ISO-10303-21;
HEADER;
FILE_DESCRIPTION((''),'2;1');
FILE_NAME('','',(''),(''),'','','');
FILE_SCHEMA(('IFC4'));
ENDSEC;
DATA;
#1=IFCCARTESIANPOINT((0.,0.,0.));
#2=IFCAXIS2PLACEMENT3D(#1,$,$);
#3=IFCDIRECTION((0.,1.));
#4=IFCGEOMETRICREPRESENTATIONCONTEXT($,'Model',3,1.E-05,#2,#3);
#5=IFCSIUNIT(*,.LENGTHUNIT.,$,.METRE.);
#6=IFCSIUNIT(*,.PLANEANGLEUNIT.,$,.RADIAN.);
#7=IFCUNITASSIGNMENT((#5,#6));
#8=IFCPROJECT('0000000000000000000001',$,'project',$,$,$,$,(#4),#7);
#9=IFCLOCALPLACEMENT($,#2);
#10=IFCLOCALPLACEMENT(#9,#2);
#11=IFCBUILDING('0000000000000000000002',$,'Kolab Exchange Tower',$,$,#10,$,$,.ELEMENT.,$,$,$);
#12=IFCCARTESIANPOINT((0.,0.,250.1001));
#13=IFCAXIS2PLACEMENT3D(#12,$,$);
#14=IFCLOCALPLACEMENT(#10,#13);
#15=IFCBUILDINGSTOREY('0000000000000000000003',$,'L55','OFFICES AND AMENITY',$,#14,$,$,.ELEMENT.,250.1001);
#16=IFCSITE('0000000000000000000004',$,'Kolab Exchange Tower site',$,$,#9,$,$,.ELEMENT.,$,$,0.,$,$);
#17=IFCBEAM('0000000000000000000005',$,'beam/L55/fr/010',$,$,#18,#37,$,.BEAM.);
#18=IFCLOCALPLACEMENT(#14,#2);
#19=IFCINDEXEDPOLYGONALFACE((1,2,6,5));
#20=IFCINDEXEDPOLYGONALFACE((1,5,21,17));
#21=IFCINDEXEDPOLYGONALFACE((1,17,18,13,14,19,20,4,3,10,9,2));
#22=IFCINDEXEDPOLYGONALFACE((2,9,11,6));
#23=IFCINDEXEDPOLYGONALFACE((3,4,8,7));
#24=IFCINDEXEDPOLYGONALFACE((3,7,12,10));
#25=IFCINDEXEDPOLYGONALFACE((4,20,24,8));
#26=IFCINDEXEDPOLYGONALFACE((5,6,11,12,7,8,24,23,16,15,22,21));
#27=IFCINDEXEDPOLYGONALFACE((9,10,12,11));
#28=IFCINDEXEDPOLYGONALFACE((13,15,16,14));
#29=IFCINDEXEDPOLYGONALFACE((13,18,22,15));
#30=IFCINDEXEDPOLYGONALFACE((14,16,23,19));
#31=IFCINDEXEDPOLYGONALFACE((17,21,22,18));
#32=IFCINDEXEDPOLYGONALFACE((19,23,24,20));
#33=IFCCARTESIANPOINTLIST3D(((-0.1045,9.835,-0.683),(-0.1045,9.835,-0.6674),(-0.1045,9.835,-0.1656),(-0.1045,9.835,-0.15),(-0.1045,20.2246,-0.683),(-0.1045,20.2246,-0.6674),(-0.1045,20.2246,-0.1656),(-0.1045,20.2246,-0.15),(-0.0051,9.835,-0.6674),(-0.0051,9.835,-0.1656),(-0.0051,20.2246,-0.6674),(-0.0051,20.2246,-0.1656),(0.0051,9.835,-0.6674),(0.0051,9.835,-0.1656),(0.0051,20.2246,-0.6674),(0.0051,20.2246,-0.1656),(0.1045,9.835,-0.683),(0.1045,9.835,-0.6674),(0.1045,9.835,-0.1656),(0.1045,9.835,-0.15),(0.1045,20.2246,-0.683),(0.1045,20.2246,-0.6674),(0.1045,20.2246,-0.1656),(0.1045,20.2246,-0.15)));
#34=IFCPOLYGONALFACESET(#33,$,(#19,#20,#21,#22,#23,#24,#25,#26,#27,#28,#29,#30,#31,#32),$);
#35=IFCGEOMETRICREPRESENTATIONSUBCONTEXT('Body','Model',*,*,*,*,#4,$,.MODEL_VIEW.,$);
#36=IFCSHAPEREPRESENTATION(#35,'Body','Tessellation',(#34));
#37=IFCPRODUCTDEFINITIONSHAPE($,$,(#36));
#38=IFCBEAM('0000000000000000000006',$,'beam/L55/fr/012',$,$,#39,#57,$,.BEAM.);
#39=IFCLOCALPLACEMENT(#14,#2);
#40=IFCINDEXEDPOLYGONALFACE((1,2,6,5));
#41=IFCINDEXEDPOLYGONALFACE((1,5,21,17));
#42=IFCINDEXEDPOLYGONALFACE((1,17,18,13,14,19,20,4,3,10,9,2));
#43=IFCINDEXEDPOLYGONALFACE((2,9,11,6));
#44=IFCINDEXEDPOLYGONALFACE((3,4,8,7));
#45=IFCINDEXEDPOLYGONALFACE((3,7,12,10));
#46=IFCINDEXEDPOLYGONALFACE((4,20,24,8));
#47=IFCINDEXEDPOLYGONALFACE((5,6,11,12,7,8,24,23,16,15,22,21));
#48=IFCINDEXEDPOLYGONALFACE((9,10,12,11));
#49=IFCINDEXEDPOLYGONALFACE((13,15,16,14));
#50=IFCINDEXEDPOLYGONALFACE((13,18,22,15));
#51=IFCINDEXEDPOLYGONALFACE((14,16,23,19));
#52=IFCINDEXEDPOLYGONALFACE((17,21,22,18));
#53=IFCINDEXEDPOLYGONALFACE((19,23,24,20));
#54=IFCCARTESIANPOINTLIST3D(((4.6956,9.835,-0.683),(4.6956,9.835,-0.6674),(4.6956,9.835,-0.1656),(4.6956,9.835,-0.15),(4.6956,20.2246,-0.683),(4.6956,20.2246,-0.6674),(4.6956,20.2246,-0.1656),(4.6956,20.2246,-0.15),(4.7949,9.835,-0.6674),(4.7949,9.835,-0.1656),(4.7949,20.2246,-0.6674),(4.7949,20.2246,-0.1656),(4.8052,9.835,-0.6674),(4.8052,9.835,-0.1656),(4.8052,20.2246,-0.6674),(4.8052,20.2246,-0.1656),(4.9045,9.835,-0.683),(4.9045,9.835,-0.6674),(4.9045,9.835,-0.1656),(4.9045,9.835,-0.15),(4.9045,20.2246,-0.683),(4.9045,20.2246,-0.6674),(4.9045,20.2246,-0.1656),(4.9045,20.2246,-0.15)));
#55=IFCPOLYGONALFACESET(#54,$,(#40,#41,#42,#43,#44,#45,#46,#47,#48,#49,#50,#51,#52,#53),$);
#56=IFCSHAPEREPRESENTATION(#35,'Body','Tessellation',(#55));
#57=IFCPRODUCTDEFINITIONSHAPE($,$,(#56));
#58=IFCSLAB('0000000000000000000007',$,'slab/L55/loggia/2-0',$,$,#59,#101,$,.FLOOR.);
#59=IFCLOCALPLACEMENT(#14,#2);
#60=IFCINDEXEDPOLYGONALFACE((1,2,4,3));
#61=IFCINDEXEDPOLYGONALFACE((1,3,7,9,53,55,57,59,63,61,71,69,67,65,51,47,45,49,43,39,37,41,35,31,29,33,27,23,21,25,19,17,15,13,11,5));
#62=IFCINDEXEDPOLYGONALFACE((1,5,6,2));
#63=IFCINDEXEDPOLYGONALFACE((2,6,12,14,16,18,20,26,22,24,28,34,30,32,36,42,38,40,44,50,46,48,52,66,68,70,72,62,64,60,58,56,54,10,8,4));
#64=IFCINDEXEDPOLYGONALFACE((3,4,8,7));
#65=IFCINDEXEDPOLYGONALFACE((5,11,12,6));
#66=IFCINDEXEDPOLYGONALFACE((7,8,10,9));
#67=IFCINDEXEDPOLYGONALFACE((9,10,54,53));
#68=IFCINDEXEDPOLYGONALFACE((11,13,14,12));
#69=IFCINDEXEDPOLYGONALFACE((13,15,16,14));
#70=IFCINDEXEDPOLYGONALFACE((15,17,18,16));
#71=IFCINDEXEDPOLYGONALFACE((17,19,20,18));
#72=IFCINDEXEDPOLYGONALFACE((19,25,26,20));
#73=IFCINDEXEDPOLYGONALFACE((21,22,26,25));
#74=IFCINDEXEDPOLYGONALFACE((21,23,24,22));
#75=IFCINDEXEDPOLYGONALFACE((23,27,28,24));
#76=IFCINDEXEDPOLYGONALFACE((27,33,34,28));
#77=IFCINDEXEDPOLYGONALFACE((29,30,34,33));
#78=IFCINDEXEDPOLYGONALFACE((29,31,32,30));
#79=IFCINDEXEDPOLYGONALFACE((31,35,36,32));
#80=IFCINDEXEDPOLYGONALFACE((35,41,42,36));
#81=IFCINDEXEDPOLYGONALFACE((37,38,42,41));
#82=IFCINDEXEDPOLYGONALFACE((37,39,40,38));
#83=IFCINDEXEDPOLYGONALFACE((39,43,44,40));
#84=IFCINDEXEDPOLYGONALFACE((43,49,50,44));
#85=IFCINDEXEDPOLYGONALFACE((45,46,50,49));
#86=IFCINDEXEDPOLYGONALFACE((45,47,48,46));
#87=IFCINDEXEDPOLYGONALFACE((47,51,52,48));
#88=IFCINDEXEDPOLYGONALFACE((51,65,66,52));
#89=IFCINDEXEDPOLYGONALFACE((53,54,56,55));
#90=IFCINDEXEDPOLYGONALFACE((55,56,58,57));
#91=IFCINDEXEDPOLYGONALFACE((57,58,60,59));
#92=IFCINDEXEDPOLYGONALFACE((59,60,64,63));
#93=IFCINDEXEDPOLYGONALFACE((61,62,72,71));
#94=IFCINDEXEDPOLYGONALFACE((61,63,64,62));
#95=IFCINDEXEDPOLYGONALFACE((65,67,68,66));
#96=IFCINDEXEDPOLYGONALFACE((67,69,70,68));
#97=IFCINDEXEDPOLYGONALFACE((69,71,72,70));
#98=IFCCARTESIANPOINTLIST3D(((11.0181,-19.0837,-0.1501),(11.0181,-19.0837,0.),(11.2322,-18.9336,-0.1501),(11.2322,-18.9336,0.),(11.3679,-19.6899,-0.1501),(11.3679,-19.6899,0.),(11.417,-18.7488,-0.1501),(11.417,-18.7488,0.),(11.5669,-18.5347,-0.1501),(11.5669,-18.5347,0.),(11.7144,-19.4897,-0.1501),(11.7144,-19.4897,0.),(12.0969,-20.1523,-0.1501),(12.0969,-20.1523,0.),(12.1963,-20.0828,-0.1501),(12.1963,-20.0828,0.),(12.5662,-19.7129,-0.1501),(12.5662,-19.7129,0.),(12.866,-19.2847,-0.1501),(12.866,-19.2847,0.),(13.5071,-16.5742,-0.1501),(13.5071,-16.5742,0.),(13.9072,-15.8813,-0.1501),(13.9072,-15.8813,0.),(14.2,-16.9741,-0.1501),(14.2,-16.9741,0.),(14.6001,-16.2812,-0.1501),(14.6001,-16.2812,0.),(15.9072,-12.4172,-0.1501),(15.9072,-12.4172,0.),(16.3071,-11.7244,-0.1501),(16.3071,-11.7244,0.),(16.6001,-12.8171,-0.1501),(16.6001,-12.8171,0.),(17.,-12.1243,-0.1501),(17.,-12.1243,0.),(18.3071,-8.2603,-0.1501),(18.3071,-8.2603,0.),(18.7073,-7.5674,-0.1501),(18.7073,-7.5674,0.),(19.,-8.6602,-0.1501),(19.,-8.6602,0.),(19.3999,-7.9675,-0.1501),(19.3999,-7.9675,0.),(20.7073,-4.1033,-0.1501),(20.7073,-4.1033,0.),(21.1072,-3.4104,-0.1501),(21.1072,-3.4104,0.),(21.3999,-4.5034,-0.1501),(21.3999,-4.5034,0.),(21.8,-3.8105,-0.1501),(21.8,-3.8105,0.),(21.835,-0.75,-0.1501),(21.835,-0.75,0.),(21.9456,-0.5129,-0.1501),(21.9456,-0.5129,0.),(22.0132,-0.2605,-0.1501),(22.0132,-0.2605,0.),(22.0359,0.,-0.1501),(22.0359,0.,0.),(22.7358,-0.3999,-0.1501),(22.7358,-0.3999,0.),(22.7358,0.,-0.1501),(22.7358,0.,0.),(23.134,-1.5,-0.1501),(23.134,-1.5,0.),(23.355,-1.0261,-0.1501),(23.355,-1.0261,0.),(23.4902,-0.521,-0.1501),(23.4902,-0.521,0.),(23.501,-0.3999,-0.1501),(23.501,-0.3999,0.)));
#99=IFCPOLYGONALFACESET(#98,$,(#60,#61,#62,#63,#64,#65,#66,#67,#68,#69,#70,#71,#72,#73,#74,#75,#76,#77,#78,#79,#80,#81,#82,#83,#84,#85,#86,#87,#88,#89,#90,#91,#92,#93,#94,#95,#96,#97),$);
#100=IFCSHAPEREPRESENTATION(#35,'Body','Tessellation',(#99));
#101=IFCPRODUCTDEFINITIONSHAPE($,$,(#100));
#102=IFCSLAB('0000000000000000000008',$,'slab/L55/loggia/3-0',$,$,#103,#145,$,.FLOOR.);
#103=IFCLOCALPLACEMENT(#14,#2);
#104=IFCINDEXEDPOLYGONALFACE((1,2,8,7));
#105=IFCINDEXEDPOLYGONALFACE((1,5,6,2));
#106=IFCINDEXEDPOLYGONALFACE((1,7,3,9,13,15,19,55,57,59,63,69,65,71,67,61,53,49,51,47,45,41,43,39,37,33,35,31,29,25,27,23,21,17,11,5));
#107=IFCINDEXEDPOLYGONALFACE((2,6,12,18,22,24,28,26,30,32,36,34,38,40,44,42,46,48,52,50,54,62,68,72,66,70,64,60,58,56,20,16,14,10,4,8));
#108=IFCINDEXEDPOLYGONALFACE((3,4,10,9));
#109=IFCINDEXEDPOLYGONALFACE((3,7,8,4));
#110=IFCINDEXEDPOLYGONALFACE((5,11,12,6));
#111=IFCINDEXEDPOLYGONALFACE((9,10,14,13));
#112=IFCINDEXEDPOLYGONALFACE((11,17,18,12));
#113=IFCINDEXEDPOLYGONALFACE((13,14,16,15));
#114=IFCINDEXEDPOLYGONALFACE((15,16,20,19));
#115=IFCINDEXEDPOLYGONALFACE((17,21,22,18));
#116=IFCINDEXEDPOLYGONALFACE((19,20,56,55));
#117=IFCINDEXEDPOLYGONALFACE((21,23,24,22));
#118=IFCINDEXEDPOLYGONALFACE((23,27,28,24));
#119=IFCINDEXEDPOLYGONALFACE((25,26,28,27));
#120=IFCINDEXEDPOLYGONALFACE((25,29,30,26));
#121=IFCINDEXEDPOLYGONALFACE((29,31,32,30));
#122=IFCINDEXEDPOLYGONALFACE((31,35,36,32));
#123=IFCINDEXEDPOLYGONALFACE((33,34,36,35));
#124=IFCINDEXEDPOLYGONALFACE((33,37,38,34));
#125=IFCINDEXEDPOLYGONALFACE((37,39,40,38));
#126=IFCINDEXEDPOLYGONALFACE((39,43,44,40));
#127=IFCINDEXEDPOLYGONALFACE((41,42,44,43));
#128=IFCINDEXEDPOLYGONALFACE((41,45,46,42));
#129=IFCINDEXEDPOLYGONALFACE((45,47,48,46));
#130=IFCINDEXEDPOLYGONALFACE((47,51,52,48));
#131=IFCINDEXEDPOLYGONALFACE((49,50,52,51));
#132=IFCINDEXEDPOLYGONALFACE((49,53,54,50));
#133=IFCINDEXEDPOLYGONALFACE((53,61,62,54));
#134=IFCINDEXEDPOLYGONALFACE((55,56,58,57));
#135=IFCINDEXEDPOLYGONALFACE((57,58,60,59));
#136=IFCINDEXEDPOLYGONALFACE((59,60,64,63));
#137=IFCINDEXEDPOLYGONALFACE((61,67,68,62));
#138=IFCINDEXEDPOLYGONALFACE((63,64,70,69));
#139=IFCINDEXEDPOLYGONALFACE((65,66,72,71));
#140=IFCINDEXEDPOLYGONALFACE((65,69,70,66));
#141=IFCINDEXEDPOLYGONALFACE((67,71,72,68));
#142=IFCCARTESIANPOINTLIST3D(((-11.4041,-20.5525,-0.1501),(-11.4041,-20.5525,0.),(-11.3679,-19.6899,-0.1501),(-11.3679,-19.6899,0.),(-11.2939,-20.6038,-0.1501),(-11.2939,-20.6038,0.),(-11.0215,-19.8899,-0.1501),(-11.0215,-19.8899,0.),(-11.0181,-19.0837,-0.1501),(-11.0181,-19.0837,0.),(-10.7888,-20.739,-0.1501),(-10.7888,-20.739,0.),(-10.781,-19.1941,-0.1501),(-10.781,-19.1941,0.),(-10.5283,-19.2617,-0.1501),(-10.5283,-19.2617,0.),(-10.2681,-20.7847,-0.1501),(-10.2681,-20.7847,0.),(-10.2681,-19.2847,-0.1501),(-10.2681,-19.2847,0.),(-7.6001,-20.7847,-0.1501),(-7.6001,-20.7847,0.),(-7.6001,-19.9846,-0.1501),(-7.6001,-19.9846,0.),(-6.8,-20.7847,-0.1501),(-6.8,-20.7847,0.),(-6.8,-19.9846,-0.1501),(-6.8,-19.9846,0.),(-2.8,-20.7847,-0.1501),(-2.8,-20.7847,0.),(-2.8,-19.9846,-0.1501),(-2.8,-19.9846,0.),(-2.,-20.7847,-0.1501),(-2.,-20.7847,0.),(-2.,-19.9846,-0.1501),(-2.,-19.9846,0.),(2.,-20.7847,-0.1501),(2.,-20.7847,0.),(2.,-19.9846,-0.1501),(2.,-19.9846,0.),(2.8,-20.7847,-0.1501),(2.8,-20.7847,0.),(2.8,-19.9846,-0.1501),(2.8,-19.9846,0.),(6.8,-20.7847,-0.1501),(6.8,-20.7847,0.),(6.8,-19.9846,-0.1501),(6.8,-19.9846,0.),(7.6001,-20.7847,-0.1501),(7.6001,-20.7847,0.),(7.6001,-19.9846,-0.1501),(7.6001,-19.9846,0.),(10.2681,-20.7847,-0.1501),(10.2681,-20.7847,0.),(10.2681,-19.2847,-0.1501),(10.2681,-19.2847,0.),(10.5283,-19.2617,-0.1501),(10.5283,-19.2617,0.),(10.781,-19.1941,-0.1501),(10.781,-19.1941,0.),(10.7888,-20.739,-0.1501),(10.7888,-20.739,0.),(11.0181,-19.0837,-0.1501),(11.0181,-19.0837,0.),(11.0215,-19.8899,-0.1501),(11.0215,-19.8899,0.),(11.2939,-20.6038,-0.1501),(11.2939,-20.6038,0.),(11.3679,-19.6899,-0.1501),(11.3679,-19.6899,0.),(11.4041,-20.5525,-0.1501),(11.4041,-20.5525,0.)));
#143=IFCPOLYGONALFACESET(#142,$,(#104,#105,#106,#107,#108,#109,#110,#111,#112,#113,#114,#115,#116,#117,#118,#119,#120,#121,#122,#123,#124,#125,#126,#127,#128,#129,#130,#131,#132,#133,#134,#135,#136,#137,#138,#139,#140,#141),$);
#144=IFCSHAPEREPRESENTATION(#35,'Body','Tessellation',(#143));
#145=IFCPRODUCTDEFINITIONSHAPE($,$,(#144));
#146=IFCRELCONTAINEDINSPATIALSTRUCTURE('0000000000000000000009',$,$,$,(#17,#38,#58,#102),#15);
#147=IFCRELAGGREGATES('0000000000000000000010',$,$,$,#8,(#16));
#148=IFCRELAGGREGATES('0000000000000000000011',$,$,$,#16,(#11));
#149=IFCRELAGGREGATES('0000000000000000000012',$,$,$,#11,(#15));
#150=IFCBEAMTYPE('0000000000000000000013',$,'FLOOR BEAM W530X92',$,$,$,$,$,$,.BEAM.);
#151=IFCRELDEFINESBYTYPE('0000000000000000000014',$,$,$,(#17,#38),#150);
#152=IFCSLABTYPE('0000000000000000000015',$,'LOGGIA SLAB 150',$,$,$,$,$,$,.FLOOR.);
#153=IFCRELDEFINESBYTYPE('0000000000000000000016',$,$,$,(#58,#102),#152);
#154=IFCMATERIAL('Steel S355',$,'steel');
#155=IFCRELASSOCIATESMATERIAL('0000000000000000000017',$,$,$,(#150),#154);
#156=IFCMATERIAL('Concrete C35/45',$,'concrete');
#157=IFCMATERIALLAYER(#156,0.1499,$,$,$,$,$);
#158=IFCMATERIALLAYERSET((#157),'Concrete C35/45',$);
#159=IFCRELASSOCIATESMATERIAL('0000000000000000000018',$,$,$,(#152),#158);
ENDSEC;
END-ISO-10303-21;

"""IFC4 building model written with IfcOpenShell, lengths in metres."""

from ifc_helpers import new_model, si_unit, direction, frame, origin, origin_2d, place, context, subcontext, project, spatial, polyline, i_section, outline, extrude, material, layer, layer_set, material_profile, profile_set, type_object, element, save


model = new_model("IFC4")

# Units and contexts
model_context = context("Model", 3, precision=1e-05, world=origin(), true_north=direction((0.0, 1.0)))
body_context = subcontext(model_context, "Body", "Model", "MODEL_VIEW")
ifc_project = project(units=[si_unit("LENGTHUNIT", "METRE"), si_unit("PLANEANGLEUNIT", "RADIAN")], contexts=[model_context])

# Site, building, storey
site_placement = place(None, origin())
site = spatial("IfcSite", under=ifc_project, at=site_placement, Name="Kolab Exchange Tower site", CompositionType="ELEMENT", RefElevation=0.0)
building_placement = place(site_placement, origin())
building = spatial("IfcBuilding", under=site, at=building_placement, Name="Kolab Exchange Tower", CompositionType="ELEMENT")
storey_placement = place(building_placement, frame((0.0, 0.0, 250.1001)))
storey = spatial("IfcBuildingStorey", under=building, at=storey_placement, Name="L55", Description="OFFICES AND AMENITY", CompositionType="ELEMENT", Elevation=250.1001)

# Beams
ifc_material_1 = material(Name="Steel S355", Category="steel")
ifc_material_profile = material_profile(ifc_material_1, i_section(OverallWidth=0.209, OverallDepth=0.533, WebThickness=0.0103, FlangeThickness=0.0156, at=origin_2d()), Name="W530X92")
ifc_profile_set = profile_set([ifc_material_profile], Name="Steel S355")
beam_type = type_object("IfcBeamType", Name="FLOOR BEAM W530X92", PredefinedType="BEAM", material=ifc_profile_set)
for number, where, z_axis, x_axis, name in (
    (1, (0.0, 9.835, -0.4165), (0.0, 1.0, 0.0), (-1.0, 0.0, 0.0), "beam/L55/fr/010"),
    (2, (4.8, 9.835, -0.4165), (0.0, 1.0, 0.0), (-1.0, 0.0, 0.0), "beam/L55/fr/012"),
):
    element("IfcBeam", number, at=place(storey_placement, frame(where, z_axis=z_axis, x_axis=x_axis)), inside=storey, type_object=beam_type, Name=name, PredefinedType="BEAM", context=body_context, shape_type="SweptSolid", body=[
        extrude(i_section(OverallWidth=0.209, OverallDepth=0.533, WebThickness=0.0103, FlangeThickness=0.0156, at=origin_2d()), origin(), (0.0, 0.0, 1.0), 10.3896),
    ])

# Slabs
ifc_material_2 = material(Name="Concrete C35/45", Category="concrete")
ifc_layer_1 = layer(ifc_material_2, 0.1499)
ifc_layer_set_1 = layer_set([ifc_layer_1], Name="Concrete C35/45")
slab_type_1 = type_object("IfcSlabType", Name="LOGGIA SLAB 150", PredefinedType="FLOOR", material=ifc_layer_set_1)
slab_1_placement = place(storey_placement, frame((0.0, 0.0, -0.1501)))
element("IfcSlab", 3, at=slab_1_placement, inside=storey, type_object=slab_type_1, Name="slab/L55/loggia/2-0", PredefinedType="FLOOR", context=body_context, shape_type="SweptSolid", body=[
    extrude(outline(polyline([(12.866, -19.2847), (14.2, -16.9741), (13.5071, -16.5742), (13.9072, -15.8813), (14.6001, -16.2812), (16.6001, -12.8171), (15.9072, -12.4172), (16.3071, -11.7244), (17.0, -12.1243), (19.0, -8.6602), (18.3071, -8.2603), (18.7073, -7.5674), (19.3999, -7.9675), (21.3999, -4.5034), (20.7073, -4.1033), (21.1072, -3.4104), (21.8, -3.8105), (23.134, -1.5), (23.355, -1.0261), (23.4902, -0.521), (23.501, -0.3999), (22.7358, -0.3999), (22.7358, 0.0), (22.0359, 0.0), (22.0132, -0.2605), (21.9456, -0.5129), (21.835, -0.75), (11.5669, -18.5347), (11.417, -18.7488), (11.2322, -18.9336), (11.0181, -19.0837), (11.3679, -19.6899), (11.7144, -19.4897), (12.0969, -20.1523), (12.1963, -20.0828), (12.5662, -19.7129), (12.866, -19.2847)])), origin(), (0.0, 0.0, 1.0), 0.1501),
])
slab_2_placement = place(storey_placement, frame((0.0, 0.0, -0.1501)))
element("IfcSlab", 4, at=slab_2_placement, inside=storey, type_object=slab_type_1, Name="slab/L55/loggia/3-0", PredefinedType="FLOOR", context=body_context, shape_type="SweptSolid", body=[
    extrude(outline(polyline([(-11.0181, -19.0837), (-11.3679, -19.6899), (-11.0215, -19.8899), (-11.4041, -20.5525), (-11.2939, -20.6038), (-10.7888, -20.739), (-10.2681, -20.7847), (-7.6001, -20.7847), (-7.6001, -19.9846), (-6.8, -19.9846), (-6.8, -20.7847), (-2.8, -20.7847), (-2.8, -19.9846), (-2.0, -19.9846), (-2.0, -20.7847), (2.0, -20.7847), (2.0, -19.9846), (2.8, -19.9846), (2.8, -20.7847), (6.8, -20.7847), (6.8, -19.9846), (7.6001, -19.9846), (7.6001, -20.7847), (10.2681, -20.7847), (10.7888, -20.739), (11.2939, -20.6038), (11.4041, -20.5525), (11.0215, -19.8899), (11.3679, -19.6899), (11.0181, -19.0837), (10.781, -19.1941), (10.5283, -19.2617), (10.2681, -19.2847), (-10.2681, -19.2847), (-10.5283, -19.2617), (-10.781, -19.1941), (-11.0181, -19.0837)])), origin(), (0.0, 0.0, 1.0), 0.1501),
])

save(model, "model.ifc")
